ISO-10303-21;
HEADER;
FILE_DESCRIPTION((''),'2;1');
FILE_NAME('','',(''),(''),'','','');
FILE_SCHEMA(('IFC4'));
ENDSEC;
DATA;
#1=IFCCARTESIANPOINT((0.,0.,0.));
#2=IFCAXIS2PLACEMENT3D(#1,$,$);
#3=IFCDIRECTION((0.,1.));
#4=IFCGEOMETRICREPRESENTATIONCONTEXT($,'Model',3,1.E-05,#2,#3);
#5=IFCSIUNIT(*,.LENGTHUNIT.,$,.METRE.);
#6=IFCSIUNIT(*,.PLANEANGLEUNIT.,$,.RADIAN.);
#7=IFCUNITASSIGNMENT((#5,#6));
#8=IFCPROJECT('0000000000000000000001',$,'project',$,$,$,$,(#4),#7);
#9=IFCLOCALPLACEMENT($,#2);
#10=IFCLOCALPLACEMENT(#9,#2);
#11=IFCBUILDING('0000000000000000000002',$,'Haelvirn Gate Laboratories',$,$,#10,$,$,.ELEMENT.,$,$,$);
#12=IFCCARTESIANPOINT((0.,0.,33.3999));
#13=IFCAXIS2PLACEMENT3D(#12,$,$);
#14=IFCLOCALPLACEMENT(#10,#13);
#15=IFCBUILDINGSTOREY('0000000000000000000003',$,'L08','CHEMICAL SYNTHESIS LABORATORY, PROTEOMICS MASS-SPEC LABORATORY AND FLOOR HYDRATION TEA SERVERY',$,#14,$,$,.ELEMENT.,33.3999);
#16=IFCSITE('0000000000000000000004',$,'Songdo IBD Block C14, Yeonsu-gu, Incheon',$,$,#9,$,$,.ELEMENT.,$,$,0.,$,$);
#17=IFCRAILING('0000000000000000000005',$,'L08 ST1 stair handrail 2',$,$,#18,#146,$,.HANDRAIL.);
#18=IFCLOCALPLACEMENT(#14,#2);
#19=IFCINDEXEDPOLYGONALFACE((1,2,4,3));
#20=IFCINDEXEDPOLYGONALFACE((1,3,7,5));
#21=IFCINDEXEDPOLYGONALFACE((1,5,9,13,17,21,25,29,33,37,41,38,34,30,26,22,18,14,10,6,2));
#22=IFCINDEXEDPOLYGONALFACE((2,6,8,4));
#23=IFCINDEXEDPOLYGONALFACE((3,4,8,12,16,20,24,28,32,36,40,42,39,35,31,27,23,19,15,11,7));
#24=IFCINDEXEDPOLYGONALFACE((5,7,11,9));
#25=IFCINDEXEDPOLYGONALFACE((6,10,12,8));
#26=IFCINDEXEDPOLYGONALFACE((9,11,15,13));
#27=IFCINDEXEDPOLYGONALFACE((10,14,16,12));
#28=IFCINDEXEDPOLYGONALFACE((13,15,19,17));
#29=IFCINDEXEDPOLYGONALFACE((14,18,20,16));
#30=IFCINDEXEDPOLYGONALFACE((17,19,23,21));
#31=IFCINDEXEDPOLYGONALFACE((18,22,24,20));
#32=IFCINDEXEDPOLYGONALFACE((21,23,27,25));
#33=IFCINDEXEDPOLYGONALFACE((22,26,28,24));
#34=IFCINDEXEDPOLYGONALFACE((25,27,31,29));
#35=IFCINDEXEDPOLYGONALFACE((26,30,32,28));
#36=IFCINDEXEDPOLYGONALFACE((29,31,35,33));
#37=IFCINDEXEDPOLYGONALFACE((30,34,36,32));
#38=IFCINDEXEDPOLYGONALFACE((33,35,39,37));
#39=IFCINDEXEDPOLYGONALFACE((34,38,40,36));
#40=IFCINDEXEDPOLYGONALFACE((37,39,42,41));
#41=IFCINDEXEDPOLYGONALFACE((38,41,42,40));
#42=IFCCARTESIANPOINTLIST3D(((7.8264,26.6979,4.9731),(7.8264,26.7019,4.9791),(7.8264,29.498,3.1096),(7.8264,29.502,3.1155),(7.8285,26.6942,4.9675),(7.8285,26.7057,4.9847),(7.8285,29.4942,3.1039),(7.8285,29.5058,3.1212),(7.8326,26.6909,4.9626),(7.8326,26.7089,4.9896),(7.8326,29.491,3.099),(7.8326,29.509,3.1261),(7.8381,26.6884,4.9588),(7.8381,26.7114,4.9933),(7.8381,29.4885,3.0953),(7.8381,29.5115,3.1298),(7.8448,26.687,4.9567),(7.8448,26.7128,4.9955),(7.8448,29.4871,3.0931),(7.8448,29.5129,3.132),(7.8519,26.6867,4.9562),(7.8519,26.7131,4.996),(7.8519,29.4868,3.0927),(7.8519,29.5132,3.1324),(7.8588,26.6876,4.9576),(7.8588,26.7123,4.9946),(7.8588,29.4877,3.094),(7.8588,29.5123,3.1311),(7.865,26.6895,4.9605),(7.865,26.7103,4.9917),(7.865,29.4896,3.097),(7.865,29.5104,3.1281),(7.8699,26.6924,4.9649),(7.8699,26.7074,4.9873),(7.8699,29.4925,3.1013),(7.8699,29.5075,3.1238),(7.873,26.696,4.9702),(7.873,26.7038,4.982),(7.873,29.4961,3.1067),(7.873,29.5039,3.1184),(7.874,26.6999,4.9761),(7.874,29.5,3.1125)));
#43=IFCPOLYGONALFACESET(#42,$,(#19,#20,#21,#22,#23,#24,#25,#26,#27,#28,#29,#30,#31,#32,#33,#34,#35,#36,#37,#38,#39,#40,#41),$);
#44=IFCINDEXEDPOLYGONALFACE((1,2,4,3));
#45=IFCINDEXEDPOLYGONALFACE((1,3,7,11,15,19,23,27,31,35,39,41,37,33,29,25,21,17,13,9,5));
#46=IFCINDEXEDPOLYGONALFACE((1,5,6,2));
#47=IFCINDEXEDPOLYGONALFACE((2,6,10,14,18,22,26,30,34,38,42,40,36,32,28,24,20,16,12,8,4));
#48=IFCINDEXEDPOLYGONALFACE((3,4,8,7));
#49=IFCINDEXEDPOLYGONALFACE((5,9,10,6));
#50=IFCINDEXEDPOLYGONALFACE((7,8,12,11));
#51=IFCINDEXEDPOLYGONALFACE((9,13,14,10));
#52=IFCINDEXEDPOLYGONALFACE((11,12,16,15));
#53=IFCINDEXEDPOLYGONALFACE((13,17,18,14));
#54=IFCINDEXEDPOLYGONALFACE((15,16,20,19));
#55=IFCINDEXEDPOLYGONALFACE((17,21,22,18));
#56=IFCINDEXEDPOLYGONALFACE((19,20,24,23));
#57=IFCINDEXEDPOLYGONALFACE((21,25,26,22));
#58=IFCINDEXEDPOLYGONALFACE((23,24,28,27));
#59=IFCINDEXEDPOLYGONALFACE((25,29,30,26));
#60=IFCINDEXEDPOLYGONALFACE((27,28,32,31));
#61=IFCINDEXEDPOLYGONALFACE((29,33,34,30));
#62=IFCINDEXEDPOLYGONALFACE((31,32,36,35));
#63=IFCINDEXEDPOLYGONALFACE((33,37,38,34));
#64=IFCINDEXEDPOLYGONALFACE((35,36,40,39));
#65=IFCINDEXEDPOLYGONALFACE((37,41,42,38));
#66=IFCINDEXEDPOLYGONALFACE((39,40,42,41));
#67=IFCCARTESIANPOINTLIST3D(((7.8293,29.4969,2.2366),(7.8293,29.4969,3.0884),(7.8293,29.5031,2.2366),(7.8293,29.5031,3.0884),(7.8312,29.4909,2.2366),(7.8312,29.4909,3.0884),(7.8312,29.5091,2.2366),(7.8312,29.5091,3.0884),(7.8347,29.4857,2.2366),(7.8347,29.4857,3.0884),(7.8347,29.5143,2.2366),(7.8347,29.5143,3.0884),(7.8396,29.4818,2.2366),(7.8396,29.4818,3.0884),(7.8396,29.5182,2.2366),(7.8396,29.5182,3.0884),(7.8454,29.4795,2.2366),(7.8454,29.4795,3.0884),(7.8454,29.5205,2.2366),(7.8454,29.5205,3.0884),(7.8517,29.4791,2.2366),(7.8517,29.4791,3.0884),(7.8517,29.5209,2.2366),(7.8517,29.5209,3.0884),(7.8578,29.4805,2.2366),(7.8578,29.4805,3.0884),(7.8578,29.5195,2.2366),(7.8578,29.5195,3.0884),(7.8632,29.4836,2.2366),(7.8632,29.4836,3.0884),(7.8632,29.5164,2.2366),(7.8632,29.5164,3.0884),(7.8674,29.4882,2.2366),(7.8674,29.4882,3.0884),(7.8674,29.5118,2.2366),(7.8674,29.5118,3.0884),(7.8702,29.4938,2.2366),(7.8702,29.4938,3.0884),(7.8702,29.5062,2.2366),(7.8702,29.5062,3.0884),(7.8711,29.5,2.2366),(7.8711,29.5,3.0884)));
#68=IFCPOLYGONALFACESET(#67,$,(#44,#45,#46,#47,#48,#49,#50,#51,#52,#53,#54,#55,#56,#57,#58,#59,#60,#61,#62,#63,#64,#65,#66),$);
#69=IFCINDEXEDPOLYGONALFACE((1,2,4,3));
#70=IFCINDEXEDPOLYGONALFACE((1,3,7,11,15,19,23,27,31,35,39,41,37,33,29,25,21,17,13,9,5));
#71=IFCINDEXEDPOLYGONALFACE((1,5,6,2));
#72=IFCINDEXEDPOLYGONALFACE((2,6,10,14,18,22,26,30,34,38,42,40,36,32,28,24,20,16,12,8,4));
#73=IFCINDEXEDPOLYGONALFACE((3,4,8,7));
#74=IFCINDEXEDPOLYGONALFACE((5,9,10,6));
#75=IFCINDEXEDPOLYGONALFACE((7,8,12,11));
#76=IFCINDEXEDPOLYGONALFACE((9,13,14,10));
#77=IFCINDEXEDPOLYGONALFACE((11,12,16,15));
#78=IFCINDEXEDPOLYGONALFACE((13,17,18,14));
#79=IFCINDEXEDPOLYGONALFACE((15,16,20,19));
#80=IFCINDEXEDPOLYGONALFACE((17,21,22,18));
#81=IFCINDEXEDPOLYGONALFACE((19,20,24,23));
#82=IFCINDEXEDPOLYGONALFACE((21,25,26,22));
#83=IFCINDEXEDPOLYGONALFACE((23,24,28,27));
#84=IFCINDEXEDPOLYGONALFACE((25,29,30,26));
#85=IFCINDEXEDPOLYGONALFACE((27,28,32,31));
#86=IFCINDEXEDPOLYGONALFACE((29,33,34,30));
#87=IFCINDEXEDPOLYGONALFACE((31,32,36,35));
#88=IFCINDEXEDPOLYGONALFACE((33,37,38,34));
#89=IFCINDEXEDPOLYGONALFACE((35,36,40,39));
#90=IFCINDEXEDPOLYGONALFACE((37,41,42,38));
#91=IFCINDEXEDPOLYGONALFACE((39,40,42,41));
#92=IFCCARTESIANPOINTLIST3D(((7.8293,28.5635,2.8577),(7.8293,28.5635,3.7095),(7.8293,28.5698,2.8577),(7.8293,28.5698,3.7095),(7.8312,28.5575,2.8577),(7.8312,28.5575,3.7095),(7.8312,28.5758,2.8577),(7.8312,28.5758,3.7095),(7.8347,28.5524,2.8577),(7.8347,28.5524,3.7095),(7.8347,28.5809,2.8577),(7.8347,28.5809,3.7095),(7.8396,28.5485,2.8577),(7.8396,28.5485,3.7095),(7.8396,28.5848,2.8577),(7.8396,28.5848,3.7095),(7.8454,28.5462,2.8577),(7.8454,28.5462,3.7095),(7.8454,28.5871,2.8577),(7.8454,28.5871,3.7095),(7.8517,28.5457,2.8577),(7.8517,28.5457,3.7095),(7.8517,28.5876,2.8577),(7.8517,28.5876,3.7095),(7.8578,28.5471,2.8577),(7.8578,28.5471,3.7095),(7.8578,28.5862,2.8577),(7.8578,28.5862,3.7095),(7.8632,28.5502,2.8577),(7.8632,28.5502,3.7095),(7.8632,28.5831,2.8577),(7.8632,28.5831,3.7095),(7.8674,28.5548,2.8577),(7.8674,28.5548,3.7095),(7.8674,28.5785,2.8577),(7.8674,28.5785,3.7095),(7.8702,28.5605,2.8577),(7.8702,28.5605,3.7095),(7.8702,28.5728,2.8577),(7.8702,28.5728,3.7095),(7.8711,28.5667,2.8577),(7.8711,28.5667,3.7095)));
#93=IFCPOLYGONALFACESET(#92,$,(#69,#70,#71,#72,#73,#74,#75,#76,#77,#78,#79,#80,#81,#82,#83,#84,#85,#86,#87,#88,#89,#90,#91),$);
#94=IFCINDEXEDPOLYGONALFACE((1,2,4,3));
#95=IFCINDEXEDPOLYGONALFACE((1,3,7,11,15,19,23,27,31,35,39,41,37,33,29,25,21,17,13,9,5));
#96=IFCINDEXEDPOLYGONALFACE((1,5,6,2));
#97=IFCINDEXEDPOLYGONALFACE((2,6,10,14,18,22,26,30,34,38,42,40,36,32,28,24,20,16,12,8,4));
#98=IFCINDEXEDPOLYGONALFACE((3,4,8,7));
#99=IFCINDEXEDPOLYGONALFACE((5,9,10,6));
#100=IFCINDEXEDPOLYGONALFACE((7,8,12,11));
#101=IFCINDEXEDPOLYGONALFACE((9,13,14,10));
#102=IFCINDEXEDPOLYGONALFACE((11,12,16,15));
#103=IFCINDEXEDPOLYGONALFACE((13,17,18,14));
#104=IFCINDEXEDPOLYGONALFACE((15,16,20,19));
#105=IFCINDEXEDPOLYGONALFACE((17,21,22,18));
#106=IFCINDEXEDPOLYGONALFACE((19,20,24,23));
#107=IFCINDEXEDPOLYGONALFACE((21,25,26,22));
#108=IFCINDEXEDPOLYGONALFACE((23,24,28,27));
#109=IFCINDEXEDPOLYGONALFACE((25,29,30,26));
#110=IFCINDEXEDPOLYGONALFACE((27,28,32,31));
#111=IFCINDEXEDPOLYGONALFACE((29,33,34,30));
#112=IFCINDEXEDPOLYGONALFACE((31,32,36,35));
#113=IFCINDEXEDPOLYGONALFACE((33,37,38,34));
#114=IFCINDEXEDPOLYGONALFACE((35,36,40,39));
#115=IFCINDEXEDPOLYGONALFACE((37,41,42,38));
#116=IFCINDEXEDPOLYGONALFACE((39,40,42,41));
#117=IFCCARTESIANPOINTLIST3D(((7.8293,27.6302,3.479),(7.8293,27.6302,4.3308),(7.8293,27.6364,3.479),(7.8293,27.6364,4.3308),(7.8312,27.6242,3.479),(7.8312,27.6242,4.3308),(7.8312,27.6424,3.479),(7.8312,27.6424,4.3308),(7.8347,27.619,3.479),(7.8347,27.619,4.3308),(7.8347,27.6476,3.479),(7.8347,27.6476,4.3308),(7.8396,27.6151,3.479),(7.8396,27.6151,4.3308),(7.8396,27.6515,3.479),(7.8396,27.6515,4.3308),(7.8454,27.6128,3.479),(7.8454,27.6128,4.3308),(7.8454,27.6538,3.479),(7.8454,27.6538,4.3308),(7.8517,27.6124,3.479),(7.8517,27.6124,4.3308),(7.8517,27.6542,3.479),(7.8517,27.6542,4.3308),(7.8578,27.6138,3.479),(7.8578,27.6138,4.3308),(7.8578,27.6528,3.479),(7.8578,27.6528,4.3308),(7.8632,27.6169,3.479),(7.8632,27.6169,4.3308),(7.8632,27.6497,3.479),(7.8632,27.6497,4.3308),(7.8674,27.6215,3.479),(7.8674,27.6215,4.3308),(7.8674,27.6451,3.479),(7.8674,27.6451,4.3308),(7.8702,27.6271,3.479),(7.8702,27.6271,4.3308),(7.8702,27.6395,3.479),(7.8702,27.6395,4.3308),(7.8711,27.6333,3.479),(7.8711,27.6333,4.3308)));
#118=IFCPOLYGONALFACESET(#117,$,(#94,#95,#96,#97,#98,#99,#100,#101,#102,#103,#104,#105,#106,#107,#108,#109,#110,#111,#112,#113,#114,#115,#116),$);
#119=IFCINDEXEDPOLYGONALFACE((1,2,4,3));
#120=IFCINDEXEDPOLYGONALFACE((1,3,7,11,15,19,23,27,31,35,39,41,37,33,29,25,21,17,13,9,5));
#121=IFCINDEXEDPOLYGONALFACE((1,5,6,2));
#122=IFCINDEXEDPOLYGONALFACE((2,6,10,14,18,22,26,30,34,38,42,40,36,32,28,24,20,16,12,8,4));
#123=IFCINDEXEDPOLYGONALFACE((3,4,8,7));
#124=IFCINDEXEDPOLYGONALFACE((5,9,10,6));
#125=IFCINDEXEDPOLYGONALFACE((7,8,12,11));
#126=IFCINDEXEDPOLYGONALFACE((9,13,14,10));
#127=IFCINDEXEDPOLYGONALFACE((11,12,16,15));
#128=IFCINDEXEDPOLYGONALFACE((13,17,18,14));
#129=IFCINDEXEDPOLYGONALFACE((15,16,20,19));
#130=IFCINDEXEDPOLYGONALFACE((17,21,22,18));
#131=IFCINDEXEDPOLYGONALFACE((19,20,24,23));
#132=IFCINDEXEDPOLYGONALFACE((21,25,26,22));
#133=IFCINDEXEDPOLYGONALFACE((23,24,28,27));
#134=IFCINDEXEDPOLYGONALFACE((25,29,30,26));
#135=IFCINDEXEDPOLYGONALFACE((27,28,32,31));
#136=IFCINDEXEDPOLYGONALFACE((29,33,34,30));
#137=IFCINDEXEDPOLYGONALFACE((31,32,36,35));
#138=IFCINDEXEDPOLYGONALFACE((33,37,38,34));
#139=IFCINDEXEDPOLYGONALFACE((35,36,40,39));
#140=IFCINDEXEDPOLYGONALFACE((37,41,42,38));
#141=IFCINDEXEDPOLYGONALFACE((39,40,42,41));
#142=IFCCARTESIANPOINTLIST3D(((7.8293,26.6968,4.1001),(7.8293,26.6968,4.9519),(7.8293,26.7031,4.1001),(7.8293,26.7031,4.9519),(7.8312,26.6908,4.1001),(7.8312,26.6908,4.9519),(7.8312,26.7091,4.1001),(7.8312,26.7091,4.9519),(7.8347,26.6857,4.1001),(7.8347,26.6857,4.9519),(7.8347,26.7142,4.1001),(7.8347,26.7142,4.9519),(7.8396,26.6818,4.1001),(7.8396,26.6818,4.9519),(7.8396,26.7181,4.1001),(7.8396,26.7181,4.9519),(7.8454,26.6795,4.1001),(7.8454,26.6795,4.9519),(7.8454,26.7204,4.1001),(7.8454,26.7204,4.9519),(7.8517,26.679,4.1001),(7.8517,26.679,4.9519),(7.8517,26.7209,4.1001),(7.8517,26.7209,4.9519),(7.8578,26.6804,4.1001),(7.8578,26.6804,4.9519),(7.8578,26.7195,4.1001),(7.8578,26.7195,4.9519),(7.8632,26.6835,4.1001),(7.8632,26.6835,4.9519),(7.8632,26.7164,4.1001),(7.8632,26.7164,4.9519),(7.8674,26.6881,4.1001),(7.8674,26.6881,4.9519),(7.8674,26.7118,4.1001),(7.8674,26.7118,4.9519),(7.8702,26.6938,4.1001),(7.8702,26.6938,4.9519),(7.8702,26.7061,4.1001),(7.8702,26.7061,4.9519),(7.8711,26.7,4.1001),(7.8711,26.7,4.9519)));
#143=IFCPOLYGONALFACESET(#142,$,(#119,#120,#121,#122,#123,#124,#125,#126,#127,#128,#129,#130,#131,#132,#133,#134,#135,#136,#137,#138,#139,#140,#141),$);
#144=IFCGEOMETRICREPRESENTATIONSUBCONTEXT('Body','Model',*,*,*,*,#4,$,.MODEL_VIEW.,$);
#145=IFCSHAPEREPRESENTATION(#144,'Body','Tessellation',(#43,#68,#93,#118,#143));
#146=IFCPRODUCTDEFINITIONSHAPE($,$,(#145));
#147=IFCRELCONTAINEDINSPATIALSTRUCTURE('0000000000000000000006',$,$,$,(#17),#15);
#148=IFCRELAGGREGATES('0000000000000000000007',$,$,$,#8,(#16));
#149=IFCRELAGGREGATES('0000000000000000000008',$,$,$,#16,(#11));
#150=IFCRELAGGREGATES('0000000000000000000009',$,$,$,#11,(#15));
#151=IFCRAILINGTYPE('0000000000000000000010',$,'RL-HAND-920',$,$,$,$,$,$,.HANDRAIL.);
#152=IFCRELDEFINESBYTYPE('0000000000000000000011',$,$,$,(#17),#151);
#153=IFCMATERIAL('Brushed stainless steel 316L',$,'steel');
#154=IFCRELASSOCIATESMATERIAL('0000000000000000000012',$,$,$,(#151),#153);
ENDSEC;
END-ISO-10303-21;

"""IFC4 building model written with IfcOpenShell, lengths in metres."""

from ifc_helpers import new_model, si_unit, direction, frame, origin, origin_2d, place, context, subcontext, project, spatial, circle, extrude, source, transform, mapped, material, type_object, type_shapes, element, save


model = new_model("IFC4")

# Units and contexts
model_context = context("Model", 3, precision=1e-05, world=origin(), true_north=direction((0.0, 1.0)))
body_context = subcontext(model_context, "Body", "Model", "MODEL_VIEW")
ifc_project = project(units=[si_unit("LENGTHUNIT", "METRE"), si_unit("PLANEANGLEUNIT", "RADIAN")], contexts=[model_context])

# Site, building, storey
site_placement = place(None, origin())
site = spatial("IfcSite", under=ifc_project, at=site_placement, Name="Songdo IBD Block C14, Yeonsu-gu, Incheon", CompositionType="ELEMENT", RefElevation=0.0)
building_placement = place(site_placement, origin())
building = spatial("IfcBuilding", under=site, at=building_placement, Name="Haelvirn Gate Laboratories", CompositionType="ELEMENT")
storey_placement = place(building_placement, frame((0.0, 0.0, 33.3999)))
storey = spatial("IfcBuildingStorey", under=building, at=storey_placement, Name="L08", Description="CHEMICAL SYNTHESIS LABORATORY, PROTEOMICS MASS-SPEC LABORATORY AND FLOOR HYDRATION TEA SERVERY", CompositionType="ELEMENT", Elevation=33.3999)

# Railing
ifc_material_1 = material(Name="Brushed stainless steel 316L", Category="steel")
railing_type_1 = type_object("IfcRailingType", Name="RL-HAND-920", PredefinedType="HANDRAIL", material=ifc_material_1)
shared_shape_1 = source(origin(), body_context, "Body", "SweptSolid", [
    extrude(circle(Radius=0.0239, at=origin_2d()), frame((0.0, 0.0, 0.876), z_axis=(0.0, -0.832486, 0.554047), x_axis=(1.0, 0.0, 0.0)), (0.0, 0.0, 1.0), 3.3635),
    extrude(circle(Radius=0.021, at=origin_2d()), origin(), (0.0, 0.0, 1.0), 0.8518),
    extrude(circle(Radius=0.021, at=origin_2d()), frame((0.0, -0.9333, 0.6211)), (0.0, 0.0, 1.0), 0.8518),
    extrude(circle(Radius=0.021, at=origin_2d()), frame((0.0, -1.8667, 1.2424)), (0.0, 0.0, 1.0), 0.8518),
    extrude(circle(Radius=0.021, at=origin_2d()), frame((0.0, -2.8, 1.8635)), (0.0, 0.0, 1.0), 0.8518),
])
type_shapes(railing_type_1, [shared_shape_1])
railing_1_placement = place(storey_placement, frame((7.8501, 29.5, 2.2366)))
element("IfcRailing", 1, at=railing_1_placement, inside=storey, type_object=railing_type_1, Name="L08 ST1 stair handrail 2", PredefinedType="HANDRAIL", context=body_context, shape_type="MappedRepresentation", body=[
    mapped(shared_shape_1, transform((0.0, 0.0, 0.0), scale=1.0)),
])

save(model, "model.ifc")
